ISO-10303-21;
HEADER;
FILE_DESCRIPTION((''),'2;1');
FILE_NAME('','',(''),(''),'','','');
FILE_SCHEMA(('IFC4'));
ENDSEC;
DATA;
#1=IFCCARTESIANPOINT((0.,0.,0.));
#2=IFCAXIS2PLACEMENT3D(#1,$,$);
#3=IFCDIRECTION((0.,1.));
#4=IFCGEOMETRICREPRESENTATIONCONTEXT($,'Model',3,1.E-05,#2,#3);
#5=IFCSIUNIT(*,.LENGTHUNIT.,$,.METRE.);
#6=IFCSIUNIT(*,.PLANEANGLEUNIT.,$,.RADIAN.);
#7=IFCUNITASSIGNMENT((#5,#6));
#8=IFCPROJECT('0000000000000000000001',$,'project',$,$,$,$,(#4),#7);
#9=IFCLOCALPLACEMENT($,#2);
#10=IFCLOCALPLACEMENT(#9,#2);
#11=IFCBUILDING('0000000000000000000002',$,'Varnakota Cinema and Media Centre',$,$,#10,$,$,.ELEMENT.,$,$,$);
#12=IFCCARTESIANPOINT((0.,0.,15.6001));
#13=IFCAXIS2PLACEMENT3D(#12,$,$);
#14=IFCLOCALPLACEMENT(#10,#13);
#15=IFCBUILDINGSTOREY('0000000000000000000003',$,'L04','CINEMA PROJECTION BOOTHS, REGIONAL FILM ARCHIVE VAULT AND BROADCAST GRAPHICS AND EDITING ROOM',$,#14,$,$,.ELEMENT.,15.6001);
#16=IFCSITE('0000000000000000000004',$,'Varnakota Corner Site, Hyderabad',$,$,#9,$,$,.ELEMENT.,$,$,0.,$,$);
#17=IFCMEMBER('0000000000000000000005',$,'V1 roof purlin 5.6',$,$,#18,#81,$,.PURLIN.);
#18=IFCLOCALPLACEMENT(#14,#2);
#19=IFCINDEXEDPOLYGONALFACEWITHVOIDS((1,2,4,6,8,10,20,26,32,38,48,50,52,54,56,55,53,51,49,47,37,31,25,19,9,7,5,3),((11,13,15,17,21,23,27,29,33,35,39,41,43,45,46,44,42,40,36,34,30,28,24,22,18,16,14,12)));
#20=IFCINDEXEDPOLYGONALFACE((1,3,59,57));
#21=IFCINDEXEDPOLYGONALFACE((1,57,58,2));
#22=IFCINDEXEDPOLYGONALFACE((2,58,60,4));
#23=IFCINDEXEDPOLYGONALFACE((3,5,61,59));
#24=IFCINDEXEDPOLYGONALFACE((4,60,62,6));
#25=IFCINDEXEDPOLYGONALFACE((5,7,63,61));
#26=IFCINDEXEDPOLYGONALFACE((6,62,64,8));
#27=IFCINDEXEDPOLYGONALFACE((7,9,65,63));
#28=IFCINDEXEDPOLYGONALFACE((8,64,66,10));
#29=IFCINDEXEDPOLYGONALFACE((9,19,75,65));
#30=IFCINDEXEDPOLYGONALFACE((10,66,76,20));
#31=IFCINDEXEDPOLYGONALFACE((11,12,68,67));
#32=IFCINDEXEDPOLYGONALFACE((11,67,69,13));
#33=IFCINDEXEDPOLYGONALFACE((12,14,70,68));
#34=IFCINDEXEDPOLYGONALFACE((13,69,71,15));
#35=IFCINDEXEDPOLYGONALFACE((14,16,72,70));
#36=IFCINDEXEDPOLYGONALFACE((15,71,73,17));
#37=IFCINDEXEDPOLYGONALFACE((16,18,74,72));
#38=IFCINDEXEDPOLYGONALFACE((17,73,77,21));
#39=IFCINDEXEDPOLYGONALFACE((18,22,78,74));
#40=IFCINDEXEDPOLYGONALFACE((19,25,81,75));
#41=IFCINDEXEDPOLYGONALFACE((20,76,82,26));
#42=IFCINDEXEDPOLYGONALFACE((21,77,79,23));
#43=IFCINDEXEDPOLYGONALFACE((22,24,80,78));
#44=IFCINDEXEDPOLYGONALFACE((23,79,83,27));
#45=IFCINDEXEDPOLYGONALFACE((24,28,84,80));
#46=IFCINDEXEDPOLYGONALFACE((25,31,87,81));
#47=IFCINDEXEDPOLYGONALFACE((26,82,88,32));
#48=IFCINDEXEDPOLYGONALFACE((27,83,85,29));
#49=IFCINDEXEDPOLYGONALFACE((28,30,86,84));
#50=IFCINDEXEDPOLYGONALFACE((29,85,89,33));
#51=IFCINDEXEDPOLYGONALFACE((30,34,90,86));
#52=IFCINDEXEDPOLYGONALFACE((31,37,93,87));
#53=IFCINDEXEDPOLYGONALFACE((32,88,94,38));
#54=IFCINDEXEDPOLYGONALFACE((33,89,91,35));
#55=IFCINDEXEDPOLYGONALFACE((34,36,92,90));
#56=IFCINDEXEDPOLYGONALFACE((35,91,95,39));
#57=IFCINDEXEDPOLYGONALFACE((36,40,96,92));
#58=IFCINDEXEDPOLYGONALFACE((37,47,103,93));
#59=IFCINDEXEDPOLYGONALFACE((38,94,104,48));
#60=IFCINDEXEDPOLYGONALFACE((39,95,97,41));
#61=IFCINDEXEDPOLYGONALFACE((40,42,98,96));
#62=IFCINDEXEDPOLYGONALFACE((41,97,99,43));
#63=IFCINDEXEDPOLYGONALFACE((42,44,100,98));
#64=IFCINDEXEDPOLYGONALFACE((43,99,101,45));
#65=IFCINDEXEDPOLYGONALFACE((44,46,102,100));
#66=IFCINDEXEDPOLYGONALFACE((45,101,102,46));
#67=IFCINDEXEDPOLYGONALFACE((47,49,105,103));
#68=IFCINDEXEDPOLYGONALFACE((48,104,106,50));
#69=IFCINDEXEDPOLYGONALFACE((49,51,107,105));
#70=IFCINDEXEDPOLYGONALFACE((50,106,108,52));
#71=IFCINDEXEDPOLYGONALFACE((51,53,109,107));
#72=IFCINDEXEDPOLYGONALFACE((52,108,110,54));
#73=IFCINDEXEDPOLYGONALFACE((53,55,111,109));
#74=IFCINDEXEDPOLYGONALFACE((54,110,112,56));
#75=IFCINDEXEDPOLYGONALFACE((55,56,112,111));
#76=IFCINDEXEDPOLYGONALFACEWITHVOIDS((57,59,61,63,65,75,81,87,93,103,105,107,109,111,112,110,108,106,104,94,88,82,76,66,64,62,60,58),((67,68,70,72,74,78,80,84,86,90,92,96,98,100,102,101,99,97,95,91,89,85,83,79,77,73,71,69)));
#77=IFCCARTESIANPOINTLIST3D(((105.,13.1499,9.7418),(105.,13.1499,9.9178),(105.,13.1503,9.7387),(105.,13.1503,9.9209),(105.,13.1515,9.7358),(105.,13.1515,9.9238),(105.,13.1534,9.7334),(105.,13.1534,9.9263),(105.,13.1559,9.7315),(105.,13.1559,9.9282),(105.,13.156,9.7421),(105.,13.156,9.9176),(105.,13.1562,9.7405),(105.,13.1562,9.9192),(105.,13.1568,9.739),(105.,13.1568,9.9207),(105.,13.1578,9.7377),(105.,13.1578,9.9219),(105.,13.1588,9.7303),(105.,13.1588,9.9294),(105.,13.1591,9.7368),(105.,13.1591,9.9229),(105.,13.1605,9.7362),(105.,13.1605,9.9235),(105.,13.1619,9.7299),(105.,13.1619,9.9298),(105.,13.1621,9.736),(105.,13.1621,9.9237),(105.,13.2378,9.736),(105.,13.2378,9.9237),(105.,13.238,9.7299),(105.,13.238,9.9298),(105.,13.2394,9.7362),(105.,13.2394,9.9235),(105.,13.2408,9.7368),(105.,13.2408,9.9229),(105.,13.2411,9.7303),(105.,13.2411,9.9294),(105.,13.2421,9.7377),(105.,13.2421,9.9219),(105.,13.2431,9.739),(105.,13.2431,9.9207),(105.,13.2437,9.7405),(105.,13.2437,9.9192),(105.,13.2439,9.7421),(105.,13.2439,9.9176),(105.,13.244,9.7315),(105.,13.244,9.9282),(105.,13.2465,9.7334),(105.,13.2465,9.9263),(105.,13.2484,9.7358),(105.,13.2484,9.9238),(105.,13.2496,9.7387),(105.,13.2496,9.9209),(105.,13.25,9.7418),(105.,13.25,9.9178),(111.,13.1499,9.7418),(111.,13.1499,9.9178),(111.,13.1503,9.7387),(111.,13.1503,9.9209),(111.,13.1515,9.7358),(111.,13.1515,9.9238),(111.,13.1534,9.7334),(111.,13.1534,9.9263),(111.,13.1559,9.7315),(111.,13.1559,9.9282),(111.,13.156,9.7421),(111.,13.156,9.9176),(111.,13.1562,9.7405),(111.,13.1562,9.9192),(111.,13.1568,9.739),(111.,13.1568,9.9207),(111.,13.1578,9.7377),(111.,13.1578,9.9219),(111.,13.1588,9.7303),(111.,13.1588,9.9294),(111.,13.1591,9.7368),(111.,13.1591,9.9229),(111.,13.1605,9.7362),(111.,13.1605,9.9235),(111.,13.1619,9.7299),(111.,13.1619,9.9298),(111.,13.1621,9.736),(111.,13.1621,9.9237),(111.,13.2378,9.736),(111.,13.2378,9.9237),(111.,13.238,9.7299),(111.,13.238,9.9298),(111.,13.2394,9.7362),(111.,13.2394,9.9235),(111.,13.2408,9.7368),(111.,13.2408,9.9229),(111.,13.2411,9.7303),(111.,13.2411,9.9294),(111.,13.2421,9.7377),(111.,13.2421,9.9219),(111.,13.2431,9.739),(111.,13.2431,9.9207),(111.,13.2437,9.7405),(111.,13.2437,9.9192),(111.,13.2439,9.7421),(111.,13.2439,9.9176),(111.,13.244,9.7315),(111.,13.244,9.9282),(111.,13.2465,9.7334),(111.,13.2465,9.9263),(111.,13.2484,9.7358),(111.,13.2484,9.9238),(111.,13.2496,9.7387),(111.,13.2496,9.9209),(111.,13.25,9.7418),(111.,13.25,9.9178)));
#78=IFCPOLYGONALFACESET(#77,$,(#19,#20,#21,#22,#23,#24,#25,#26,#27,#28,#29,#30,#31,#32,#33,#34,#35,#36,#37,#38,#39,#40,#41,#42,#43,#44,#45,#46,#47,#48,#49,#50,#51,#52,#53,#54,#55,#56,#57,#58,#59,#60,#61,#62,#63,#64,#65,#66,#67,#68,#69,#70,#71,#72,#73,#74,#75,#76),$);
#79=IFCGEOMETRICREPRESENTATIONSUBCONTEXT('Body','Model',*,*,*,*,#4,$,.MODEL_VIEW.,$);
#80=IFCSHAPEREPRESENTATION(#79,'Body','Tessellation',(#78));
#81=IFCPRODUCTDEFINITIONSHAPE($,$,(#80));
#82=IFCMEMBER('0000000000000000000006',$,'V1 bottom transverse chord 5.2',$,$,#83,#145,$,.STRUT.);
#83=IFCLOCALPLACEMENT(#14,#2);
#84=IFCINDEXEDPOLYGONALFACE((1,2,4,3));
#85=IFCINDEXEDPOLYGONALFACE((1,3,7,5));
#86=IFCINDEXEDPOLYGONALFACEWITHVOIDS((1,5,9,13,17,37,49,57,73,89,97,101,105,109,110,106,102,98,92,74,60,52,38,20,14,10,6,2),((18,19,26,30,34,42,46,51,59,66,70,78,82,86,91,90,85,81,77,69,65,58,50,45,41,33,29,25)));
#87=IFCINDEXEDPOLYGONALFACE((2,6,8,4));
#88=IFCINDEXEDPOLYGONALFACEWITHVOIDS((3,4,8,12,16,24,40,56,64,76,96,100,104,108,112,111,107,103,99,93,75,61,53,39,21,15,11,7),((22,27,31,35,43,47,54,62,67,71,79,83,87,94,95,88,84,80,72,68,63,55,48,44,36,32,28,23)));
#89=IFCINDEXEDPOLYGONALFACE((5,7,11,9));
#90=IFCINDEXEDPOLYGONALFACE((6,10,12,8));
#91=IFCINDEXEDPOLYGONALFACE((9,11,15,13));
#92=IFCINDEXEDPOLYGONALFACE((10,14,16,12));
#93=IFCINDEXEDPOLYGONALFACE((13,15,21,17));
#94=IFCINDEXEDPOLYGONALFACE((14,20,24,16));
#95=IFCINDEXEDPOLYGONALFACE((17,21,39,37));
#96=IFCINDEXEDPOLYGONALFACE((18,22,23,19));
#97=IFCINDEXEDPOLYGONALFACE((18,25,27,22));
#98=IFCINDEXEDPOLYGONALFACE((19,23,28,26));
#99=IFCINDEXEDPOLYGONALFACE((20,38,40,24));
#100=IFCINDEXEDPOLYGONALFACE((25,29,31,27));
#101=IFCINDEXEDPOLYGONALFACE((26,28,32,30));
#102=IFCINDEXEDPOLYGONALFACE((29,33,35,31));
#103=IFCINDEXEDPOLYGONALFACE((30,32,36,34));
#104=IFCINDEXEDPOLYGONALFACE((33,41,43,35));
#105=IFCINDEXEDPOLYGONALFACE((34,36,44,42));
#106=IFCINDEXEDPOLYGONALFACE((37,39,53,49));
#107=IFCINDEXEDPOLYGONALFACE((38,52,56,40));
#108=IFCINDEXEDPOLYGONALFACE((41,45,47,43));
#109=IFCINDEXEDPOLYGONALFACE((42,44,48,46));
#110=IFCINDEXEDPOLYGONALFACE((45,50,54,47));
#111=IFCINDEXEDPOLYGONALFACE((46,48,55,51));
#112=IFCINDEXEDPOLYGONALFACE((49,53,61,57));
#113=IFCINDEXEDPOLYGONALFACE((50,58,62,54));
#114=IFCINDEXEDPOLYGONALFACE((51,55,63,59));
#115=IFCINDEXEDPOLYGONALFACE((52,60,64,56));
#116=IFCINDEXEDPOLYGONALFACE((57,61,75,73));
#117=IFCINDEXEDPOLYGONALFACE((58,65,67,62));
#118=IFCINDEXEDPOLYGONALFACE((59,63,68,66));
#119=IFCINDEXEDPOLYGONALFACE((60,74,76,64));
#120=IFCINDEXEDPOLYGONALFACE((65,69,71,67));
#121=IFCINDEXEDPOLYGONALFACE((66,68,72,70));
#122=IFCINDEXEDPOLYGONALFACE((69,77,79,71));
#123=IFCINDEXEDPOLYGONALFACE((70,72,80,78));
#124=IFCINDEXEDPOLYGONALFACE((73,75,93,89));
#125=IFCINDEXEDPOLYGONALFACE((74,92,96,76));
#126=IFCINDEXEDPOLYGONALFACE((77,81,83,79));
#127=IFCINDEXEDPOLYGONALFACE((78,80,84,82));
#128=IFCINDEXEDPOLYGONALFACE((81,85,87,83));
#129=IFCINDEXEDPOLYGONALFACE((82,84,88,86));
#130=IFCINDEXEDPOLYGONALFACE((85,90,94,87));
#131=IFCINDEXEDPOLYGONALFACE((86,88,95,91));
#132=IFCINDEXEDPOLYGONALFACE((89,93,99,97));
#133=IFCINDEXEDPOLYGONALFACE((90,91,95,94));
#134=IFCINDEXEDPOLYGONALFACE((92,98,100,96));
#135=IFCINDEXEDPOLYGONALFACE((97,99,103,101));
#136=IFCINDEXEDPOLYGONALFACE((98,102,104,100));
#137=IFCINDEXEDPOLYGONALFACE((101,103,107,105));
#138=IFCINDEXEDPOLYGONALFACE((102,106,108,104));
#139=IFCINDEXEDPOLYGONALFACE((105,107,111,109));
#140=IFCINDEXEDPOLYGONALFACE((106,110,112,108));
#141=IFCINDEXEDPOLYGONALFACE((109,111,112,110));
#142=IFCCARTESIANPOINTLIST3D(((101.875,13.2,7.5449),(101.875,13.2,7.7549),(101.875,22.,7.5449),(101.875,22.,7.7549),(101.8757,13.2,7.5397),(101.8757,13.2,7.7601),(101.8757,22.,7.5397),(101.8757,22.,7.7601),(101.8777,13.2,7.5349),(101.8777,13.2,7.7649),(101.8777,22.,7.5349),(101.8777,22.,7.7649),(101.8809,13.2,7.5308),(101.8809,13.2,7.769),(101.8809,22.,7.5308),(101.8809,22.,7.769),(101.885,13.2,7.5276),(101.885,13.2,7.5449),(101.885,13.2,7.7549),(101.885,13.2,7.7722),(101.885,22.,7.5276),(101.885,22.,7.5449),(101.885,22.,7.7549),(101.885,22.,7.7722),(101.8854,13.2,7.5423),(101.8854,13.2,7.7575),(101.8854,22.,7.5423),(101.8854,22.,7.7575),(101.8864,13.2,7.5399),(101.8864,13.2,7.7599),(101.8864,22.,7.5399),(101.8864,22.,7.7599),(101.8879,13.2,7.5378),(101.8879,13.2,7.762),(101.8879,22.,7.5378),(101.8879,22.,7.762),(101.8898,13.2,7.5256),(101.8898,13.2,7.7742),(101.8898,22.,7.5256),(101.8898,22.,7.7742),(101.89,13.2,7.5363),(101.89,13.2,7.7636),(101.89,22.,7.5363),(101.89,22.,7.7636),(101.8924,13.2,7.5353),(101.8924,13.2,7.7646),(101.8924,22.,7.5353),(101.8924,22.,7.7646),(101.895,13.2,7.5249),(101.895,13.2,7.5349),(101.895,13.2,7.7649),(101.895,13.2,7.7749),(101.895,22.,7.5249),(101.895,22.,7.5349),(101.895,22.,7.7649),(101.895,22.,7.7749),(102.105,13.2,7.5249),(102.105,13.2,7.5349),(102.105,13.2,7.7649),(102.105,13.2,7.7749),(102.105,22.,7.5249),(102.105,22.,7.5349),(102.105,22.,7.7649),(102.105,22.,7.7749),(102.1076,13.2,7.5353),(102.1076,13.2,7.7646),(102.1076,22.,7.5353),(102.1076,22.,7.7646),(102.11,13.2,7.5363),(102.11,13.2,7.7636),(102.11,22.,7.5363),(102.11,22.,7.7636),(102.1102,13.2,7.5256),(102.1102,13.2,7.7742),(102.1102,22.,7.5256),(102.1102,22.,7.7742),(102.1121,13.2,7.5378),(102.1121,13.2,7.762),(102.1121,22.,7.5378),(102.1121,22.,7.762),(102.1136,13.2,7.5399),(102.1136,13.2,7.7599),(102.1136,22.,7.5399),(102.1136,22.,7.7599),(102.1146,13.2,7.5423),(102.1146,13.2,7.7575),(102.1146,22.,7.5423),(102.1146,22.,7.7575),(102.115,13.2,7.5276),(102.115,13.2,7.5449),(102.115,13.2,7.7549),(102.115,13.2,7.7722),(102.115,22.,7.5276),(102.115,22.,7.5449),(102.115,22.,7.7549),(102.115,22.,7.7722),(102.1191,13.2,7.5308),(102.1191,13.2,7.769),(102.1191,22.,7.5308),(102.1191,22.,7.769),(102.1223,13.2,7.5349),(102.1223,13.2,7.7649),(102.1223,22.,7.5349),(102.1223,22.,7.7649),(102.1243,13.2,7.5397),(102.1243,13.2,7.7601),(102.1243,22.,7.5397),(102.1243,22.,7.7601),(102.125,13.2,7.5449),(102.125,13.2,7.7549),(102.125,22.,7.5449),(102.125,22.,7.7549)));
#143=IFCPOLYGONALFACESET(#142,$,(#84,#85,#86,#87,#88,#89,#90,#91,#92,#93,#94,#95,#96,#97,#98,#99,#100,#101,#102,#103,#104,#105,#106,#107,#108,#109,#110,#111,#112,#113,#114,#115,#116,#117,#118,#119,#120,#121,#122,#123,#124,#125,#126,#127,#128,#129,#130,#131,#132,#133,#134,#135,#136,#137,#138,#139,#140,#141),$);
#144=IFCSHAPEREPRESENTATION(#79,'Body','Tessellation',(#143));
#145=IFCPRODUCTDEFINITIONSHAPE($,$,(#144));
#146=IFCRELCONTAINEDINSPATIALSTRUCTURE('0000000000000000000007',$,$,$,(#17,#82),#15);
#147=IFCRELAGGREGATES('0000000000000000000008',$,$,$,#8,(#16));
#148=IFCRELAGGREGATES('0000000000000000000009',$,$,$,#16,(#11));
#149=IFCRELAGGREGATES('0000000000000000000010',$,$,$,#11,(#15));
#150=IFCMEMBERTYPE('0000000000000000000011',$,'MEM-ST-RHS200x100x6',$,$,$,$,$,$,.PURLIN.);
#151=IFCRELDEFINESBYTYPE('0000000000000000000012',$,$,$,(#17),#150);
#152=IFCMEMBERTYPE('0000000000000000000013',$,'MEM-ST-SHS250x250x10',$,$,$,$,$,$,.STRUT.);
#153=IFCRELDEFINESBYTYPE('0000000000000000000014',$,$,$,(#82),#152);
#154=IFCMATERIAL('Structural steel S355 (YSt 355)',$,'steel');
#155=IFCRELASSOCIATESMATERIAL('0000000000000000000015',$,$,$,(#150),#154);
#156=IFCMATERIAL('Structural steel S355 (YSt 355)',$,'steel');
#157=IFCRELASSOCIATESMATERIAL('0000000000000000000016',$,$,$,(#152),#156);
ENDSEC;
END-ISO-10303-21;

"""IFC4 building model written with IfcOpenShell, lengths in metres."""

from ifc_helpers import new_model, si_unit, direction, frame, origin, origin_2d, place, context, subcontext, project, spatial, hollow_rectangle, extrude, material, material_profile, profile_set, type_object, element, save


model = new_model("IFC4")

# Units and contexts
model_context = context("Model", 3, precision=1e-05, world=origin(), true_north=direction((0.0, 1.0)))
body_context = subcontext(model_context, "Body", "Model", "MODEL_VIEW")
ifc_project = project(units=[si_unit("LENGTHUNIT", "METRE"), si_unit("PLANEANGLEUNIT", "RADIAN")], contexts=[model_context])

# Site, building, storey
site_placement = place(None, origin())
site = spatial("IfcSite", under=ifc_project, at=site_placement, Name="Varnakota Corner Site, Hyderabad", CompositionType="ELEMENT", RefElevation=0.0)
building_placement = place(site_placement, origin())
building = spatial("IfcBuilding", under=site, at=building_placement, Name="Varnakota Cinema and Media Centre", CompositionType="ELEMENT")
storey_placement = place(building_placement, frame((0.0, 0.0, 15.6001)))
storey = spatial("IfcBuildingStorey", under=building, at=storey_placement, Name="L04", Description="CINEMA PROJECTION BOOTHS, REGIONAL FILM ARCHIVE VAULT AND BROADCAST GRAPHICS AND EDITING ROOM", CompositionType="ELEMENT", Elevation=15.6001)

# Members
ifc_material_1 = material(Name="Structural steel S355 (YSt 355)", Category="steel")
ifc_material_profile_1 = material_profile(ifc_material_1, hollow_rectangle(XDim=0.1001, YDim=0.2, WallThickness=0.0061, InnerFilletRadius=0.0061, OuterFilletRadius=0.012, at=origin_2d()), Name="RHS 200x100x6")
ifc_profile_set_1 = profile_set([ifc_material_profile_1], Name="Structural steel S355 (YSt 355)")
member_type_1 = type_object("IfcMemberType", Name="MEM-ST-RHS200x100x6", PredefinedType="PURLIN", material=ifc_profile_set_1)
for number, where, z_axis, x_axis, name in (
    (1, (105.0, 13.2, 9.8298), (1.0, 0.0, 0.0), (0.0, 1.0, 0.0), "V1 roof purlin 5.6"),
):
    element("IfcMember", number, at=place(storey_placement, frame(where, z_axis=z_axis, x_axis=x_axis)), inside=storey, type_object=member_type_1, Name=name, PredefinedType="PURLIN", context=body_context, shape_type="SweptSolid", body=[
        extrude(hollow_rectangle(XDim=0.1001, YDim=0.2, WallThickness=0.0061, InnerFilletRadius=0.0061, OuterFilletRadius=0.012, at=origin_2d()), origin(), (0.0, 0.0, 1.0), 6.0),
    ])
ifc_material_2 = material(Name="Structural steel S355 (YSt 355)", Category="steel")
ifc_material_profile_2 = material_profile(ifc_material_2, hollow_rectangle(XDim=0.25, YDim=0.25, WallThickness=0.01, InnerFilletRadius=0.01, OuterFilletRadius=0.02, at=origin_2d()), Name="SHS 250x250x10")
ifc_profile_set_2 = profile_set([ifc_material_profile_2], Name="Structural steel S355 (YSt 355)")
member_type_2 = type_object("IfcMemberType", Name="MEM-ST-SHS250x250x10", PredefinedType="STRUT", material=ifc_profile_set_2)
for number, where, z_axis, x_axis, name in (
    (2, (102.0, 13.2, 7.6499), (0.0, 1.0, 0.0), (-1.0, 0.0, 0.0), "V1 bottom transverse chord 5.2"),
):
    element("IfcMember", number, at=place(storey_placement, frame(where, z_axis=z_axis, x_axis=x_axis)), inside=storey, type_object=member_type_2, Name=name, PredefinedType="STRUT", context=body_context, shape_type="SweptSolid", body=[
        extrude(hollow_rectangle(XDim=0.25, YDim=0.25, WallThickness=0.01, InnerFilletRadius=0.01, OuterFilletRadius=0.02, at=origin_2d()), origin(), (0.0, 0.0, 1.0), 8.8),
    ])

save(model, "model.ifc")
